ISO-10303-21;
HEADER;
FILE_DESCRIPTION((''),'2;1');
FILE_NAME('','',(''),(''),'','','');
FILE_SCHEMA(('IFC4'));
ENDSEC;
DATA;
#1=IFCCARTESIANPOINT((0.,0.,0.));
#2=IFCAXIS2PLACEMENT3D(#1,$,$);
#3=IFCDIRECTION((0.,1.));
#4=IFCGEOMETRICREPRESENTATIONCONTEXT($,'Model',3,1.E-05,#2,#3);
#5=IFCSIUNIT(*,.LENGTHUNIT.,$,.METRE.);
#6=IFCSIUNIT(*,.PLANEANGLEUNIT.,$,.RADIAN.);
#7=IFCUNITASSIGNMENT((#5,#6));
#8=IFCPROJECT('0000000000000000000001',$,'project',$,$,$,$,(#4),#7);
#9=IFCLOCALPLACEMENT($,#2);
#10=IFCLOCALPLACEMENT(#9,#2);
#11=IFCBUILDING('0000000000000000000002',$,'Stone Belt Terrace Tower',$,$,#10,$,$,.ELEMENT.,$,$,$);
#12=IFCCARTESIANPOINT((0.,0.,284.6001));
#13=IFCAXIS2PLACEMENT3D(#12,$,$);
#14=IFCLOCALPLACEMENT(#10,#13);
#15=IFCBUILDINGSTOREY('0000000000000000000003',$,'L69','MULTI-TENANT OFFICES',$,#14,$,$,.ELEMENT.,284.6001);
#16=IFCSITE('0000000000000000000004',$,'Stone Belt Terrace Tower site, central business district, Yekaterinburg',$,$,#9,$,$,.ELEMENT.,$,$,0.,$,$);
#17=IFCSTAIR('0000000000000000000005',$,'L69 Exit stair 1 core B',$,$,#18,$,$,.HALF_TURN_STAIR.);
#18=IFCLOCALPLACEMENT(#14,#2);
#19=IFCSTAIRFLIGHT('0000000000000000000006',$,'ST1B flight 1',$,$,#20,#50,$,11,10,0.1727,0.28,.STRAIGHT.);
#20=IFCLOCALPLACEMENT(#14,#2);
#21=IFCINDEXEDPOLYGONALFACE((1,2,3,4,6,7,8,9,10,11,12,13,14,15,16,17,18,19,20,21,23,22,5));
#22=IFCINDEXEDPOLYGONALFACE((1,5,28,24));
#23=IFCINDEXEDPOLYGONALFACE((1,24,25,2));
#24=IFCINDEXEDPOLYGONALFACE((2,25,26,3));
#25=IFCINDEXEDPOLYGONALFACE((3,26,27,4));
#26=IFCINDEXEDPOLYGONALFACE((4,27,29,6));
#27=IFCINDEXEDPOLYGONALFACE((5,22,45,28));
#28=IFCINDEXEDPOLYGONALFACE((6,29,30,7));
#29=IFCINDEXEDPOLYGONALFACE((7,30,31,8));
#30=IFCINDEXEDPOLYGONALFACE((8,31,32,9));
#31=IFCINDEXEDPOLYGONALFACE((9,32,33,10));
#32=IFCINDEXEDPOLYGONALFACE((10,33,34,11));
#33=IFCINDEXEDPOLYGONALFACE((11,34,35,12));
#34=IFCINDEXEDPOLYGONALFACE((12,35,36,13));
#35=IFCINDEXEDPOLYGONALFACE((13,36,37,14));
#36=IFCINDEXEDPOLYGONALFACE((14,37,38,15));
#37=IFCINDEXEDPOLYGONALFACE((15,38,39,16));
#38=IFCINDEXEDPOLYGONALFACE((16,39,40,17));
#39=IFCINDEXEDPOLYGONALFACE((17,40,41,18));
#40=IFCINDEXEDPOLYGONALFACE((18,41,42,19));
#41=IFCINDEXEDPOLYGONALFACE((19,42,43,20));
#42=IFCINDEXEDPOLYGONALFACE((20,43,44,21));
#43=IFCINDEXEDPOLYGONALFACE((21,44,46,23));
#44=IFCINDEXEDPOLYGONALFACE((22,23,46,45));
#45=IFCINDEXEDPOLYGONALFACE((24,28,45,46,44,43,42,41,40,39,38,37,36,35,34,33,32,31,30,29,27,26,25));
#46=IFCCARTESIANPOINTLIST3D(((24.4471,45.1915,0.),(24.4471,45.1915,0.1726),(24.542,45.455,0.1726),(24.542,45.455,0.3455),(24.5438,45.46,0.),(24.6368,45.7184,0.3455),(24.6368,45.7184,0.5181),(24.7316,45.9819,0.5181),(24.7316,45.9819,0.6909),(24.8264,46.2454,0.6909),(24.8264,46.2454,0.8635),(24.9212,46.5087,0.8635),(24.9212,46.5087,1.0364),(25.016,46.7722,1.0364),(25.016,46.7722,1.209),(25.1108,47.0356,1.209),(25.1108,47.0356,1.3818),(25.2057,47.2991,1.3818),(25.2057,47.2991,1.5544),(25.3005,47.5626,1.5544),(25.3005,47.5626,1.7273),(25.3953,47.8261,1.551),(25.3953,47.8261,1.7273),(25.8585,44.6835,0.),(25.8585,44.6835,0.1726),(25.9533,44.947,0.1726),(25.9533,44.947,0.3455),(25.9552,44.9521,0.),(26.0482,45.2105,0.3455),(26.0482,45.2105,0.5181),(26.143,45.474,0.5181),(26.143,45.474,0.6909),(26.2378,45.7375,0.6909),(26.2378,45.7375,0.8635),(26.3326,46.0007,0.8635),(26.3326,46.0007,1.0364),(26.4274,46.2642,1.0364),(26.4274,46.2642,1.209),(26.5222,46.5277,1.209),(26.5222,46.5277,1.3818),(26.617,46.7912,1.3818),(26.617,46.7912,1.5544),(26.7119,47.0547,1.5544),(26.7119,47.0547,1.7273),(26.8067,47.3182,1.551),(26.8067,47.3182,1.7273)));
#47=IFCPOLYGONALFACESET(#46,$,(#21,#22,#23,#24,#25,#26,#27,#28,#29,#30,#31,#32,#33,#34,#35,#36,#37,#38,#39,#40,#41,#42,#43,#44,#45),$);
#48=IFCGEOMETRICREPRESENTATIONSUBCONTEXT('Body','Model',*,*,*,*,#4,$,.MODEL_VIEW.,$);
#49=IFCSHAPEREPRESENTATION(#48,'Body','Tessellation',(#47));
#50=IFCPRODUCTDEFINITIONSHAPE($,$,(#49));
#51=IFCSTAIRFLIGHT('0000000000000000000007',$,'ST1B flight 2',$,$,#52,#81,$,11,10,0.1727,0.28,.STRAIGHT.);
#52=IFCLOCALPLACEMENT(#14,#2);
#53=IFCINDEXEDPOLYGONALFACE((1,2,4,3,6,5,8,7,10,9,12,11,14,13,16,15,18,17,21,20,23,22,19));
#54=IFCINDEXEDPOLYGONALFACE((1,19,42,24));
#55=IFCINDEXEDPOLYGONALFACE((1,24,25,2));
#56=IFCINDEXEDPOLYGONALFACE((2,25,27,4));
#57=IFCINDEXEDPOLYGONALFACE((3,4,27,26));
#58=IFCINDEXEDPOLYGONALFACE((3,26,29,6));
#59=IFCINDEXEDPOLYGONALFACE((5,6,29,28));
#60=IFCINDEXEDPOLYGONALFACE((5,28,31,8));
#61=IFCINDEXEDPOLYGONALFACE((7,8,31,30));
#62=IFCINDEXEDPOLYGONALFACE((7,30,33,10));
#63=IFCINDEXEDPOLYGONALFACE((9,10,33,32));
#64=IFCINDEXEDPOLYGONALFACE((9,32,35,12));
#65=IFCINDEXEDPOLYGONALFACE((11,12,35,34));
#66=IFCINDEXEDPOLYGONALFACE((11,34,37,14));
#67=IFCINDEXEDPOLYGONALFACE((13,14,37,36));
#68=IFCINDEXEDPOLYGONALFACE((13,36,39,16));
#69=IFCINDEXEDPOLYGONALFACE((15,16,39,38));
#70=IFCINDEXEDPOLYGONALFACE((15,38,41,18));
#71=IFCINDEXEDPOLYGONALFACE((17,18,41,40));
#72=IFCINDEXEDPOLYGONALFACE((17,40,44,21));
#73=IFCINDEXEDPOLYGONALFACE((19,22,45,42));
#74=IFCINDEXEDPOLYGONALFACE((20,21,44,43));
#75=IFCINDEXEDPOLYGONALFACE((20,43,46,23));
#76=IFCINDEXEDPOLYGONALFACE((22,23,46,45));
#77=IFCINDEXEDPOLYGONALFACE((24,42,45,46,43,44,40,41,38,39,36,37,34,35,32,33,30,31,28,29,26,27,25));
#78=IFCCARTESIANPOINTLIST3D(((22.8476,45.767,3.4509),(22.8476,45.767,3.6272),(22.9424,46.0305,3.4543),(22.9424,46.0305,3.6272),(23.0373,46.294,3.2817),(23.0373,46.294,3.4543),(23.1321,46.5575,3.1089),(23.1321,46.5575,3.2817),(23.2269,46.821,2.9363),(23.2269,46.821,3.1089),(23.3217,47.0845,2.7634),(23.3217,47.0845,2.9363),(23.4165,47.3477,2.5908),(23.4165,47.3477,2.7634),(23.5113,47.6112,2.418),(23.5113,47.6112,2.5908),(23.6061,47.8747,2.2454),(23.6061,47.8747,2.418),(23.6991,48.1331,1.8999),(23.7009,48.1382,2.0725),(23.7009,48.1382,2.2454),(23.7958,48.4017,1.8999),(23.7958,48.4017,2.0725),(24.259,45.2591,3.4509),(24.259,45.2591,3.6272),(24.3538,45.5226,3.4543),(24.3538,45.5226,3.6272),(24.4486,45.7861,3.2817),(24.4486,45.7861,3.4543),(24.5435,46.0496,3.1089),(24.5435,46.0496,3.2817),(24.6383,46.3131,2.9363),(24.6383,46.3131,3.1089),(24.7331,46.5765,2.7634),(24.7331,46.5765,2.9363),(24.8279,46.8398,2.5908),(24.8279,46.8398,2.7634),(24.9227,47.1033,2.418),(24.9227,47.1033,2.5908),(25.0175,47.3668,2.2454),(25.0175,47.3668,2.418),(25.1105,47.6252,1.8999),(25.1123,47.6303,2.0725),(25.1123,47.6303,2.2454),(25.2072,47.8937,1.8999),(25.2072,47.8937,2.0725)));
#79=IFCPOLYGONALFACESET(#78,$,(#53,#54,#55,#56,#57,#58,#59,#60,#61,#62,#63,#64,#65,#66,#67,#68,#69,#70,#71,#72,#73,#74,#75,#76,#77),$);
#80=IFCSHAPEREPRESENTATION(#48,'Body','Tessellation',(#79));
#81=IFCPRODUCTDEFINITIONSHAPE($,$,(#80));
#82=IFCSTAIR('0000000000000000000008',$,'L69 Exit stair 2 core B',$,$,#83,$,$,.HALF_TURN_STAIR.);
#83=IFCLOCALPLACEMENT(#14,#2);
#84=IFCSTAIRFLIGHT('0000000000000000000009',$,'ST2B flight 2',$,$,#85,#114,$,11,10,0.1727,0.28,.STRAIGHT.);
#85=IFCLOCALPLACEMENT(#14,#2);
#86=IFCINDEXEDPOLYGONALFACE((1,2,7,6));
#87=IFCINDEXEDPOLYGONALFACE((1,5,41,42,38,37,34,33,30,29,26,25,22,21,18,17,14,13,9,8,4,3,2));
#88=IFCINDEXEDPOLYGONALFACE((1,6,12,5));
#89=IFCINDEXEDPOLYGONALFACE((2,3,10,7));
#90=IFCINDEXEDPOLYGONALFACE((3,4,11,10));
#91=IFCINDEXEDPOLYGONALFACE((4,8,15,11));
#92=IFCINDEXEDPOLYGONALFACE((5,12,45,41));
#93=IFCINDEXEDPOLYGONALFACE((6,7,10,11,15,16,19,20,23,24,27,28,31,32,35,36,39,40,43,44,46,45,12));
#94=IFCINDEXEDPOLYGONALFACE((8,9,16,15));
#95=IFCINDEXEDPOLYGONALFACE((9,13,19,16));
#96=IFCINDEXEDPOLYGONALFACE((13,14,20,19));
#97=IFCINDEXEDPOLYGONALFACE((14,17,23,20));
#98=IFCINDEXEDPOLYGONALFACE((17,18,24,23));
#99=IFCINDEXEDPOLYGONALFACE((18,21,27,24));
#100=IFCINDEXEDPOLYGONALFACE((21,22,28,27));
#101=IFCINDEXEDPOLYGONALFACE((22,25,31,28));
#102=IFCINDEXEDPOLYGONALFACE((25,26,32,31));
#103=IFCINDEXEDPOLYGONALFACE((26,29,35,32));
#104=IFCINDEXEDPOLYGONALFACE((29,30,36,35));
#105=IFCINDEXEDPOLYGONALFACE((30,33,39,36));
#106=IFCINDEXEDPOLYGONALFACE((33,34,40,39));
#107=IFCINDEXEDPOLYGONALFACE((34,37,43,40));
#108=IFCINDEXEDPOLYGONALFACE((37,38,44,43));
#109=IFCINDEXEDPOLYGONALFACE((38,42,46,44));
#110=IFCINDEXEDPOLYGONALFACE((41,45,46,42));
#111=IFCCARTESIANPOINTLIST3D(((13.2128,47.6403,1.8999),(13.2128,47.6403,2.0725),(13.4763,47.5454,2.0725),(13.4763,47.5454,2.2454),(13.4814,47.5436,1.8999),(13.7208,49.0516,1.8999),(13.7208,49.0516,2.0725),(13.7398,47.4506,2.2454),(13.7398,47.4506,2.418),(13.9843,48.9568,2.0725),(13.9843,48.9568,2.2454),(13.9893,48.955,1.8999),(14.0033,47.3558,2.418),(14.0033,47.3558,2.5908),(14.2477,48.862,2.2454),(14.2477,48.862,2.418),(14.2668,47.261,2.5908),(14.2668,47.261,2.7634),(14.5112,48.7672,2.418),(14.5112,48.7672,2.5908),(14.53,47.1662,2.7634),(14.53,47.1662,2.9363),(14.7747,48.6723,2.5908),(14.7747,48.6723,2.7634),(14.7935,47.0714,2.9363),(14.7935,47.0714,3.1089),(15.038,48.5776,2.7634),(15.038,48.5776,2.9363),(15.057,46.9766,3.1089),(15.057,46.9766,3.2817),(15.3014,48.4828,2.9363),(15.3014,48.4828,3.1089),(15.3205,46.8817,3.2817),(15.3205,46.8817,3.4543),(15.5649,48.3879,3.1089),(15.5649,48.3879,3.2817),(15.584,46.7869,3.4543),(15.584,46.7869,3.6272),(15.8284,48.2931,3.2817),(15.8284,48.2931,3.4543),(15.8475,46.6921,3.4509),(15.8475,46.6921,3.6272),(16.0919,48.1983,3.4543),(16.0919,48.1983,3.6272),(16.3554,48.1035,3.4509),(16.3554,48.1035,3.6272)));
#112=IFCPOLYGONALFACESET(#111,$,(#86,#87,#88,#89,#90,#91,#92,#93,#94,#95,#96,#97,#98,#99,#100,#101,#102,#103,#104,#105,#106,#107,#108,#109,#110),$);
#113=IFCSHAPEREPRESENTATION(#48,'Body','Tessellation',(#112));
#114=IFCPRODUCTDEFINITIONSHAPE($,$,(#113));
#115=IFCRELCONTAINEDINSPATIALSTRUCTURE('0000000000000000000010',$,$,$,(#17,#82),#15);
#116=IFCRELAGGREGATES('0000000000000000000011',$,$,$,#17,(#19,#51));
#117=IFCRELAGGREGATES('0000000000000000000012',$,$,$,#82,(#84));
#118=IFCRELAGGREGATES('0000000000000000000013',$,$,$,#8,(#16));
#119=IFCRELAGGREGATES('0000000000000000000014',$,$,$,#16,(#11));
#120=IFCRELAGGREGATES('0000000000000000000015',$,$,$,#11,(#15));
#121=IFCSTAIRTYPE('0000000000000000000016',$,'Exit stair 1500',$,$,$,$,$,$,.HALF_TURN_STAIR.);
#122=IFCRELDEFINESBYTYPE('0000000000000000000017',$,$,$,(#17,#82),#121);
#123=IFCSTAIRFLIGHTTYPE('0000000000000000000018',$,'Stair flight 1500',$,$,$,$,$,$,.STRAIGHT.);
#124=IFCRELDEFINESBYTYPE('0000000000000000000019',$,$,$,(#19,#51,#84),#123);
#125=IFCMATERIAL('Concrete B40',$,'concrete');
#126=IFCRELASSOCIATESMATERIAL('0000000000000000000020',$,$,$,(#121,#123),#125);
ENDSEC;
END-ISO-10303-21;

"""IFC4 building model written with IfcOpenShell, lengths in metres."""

from ifc_helpers import new_model, si_unit, direction, frame, origin, place, context, subcontext, project, spatial, polyline, outline, extrude, material, type_object, element, aggregate, save


model = new_model("IFC4")

# Units and contexts
model_context = context("Model", 3, precision=1e-05, world=origin(), true_north=direction((0.0, 1.0)))
body_context = subcontext(model_context, "Body", "Model", "MODEL_VIEW")
ifc_project = project(units=[si_unit("LENGTHUNIT", "METRE"), si_unit("PLANEANGLEUNIT", "RADIAN")], contexts=[model_context])

# Site, building, storey
site_placement = place(None, origin())
site = spatial("IfcSite", under=ifc_project, at=site_placement, Name="Stone Belt Terrace Tower site, central business district, Yekaterinburg", CompositionType="ELEMENT", RefElevation=0.0)
building_placement = place(site_placement, origin())
building = spatial("IfcBuilding", under=site, at=building_placement, Name="Stone Belt Terrace Tower", CompositionType="ELEMENT")
storey_placement = place(building_placement, frame((0.0, 0.0, 284.6001)))
storey = spatial("IfcBuildingStorey", under=building, at=storey_placement, Name="L69", Description="MULTI-TENANT OFFICES", CompositionType="ELEMENT", Elevation=284.6001)

# Stair, stair flights
ifc_material_1 = material(Name="Concrete B40", Category="concrete")
stair_type = type_object("IfcStairType", Name="Exit stair 1500", PredefinedType="HALF_TURN_STAIR", material=ifc_material_1)
stair_1_placement = place(storey_placement, origin())
stair_1 = element("IfcStair", 1, at=stair_1_placement, inside=storey, type_object=stair_type, Name="L69 Exit stair 1 core B", PredefinedType="HALF_TURN_STAIR")
stair_flight_type = type_object("IfcStairFlightType", Name="Stair flight 1500", PredefinedType="STRAIGHT", material=ifc_material_1)
stair_flight_1_placement = place(storey_placement, frame((25.1528, 44.9375, 0.0), z_axis=(0.0, 0.0, 1.0), x_axis=(0.338624, 0.940922, 0.0)))
stair_flight_1 = element("IfcStairFlight", 2, at=stair_flight_1_placement, type_object=stair_flight_type, Name="ST1B flight 1", NumberOfRisers=11, NumberOfTreads=10, PredefinedType="STRAIGHT", RiserHeight=0.1727, TreadLength=0.28, context=body_context, shape_type="SweptSolid", body=[
    extrude(outline(polyline([(0.0, 0.0), (0.0, 0.1726), (0.28, 0.1726), (0.28, 0.3455), (0.5601, 0.3455), (0.5601, 0.5181), (0.8401, 0.5181), (0.8401, 0.6909), (1.1201, 0.6909), (1.1201, 0.8635), (1.3999, 0.8635), (1.3999, 1.0364), (1.6799, 1.0364), (1.6799, 1.209), (1.96, 1.209), (1.96, 1.3818), (2.24, 1.3818), (2.24, 1.5544), (2.52, 1.5544), (2.52, 1.7273), (2.8, 1.7273), (2.8, 1.8999), (2.8, 1.551), (0.2854, 0.0), (0.0, 0.0)])), frame((0.0, 0.75, 0.0), z_axis=(0.0, -1.0, 0.0), x_axis=(1.0, 0.0, 0.0)), (0.0, 0.0, 1.0), 1.5),
])
stair_flight_2_placement = place(storey_placement, frame((24.5015, 48.1477, 1.8999), z_axis=(0.0, 0.0, 1.0), x_axis=(-0.338624, -0.940922, 0.0)))
stair_flight_2 = element("IfcStairFlight", 3, at=stair_flight_2_placement, type_object=stair_flight_type, Name="ST1B flight 2", NumberOfRisers=11, NumberOfTreads=10, PredefinedType="STRAIGHT", RiserHeight=0.1727, TreadLength=0.28, context=body_context, shape_type="SweptSolid", body=[
    extrude(outline(polyline([(0.0, 0.0), (0.0, 0.1726), (0.28, 0.1726), (0.28, 0.3455), (0.5601, 0.3455), (0.5601, 0.5181), (0.8401, 0.5181), (0.8401, 0.6909), (1.1201, 0.6909), (1.1201, 0.8635), (1.3999, 0.8635), (1.3999, 1.0364), (1.6799, 1.0364), (1.6799, 1.209), (1.96, 1.209), (1.96, 1.3818), (2.24, 1.3818), (2.24, 1.5544), (2.52, 1.5544), (2.52, 1.7273), (2.8, 1.7273), (2.8, 1.8999), (2.8, 1.551), (0.2854, 0.0), (0.0, 0.0)])), frame((0.0, 0.75, 0.0), z_axis=(0.0, -1.0, 0.0), x_axis=(1.0, 0.0, 0.0)), (0.0, 0.0, 1.0), 1.5),
])
aggregate(stair_1, [stair_flight_1, stair_flight_2])

# Stair, stair flight
stair_2_placement = place(storey_placement, origin())
stair_2 = element("IfcStair", 4, at=stair_2_placement, inside=storey, type_object=stair_type, Name="L69 Exit stair 2 core B", PredefinedType="HALF_TURN_STAIR")
stair_flight_3_placement = place(storey_placement, frame((13.4668, 48.3459, 1.8999), z_axis=(0.0, 0.0, 1.0), x_axis=(0.940922, -0.338624, 0.0)))
stair_flight_3 = element("IfcStairFlight", 5, at=stair_flight_3_placement, type_object=stair_flight_type, Name="ST2B flight 2", NumberOfRisers=11, NumberOfTreads=10, PredefinedType="STRAIGHT", RiserHeight=0.1727, TreadLength=0.28, context=body_context, shape_type="SweptSolid", body=[
    extrude(outline(polyline([(0.0, 0.0), (0.0, 0.1726), (0.28, 0.1726), (0.28, 0.3455), (0.5601, 0.3455), (0.5601, 0.5181), (0.8401, 0.5181), (0.8401, 0.6909), (1.1201, 0.6909), (1.1201, 0.8635), (1.3999, 0.8635), (1.3999, 1.0364), (1.6799, 1.0364), (1.6799, 1.209), (1.96, 1.209), (1.96, 1.3818), (2.24, 1.3818), (2.24, 1.5544), (2.52, 1.5544), (2.52, 1.7273), (2.8, 1.7273), (2.8, 1.8999), (2.8, 1.551), (0.2854, 0.0), (0.0, 0.0)])), frame((0.0, 0.75, 0.0), z_axis=(0.0, -1.0, 0.0), x_axis=(1.0, 0.0, 0.0)), (0.0, 0.0, 1.0), 1.5),
])
aggregate(stair_2, [stair_flight_3])

save(model, "model.ifc")
